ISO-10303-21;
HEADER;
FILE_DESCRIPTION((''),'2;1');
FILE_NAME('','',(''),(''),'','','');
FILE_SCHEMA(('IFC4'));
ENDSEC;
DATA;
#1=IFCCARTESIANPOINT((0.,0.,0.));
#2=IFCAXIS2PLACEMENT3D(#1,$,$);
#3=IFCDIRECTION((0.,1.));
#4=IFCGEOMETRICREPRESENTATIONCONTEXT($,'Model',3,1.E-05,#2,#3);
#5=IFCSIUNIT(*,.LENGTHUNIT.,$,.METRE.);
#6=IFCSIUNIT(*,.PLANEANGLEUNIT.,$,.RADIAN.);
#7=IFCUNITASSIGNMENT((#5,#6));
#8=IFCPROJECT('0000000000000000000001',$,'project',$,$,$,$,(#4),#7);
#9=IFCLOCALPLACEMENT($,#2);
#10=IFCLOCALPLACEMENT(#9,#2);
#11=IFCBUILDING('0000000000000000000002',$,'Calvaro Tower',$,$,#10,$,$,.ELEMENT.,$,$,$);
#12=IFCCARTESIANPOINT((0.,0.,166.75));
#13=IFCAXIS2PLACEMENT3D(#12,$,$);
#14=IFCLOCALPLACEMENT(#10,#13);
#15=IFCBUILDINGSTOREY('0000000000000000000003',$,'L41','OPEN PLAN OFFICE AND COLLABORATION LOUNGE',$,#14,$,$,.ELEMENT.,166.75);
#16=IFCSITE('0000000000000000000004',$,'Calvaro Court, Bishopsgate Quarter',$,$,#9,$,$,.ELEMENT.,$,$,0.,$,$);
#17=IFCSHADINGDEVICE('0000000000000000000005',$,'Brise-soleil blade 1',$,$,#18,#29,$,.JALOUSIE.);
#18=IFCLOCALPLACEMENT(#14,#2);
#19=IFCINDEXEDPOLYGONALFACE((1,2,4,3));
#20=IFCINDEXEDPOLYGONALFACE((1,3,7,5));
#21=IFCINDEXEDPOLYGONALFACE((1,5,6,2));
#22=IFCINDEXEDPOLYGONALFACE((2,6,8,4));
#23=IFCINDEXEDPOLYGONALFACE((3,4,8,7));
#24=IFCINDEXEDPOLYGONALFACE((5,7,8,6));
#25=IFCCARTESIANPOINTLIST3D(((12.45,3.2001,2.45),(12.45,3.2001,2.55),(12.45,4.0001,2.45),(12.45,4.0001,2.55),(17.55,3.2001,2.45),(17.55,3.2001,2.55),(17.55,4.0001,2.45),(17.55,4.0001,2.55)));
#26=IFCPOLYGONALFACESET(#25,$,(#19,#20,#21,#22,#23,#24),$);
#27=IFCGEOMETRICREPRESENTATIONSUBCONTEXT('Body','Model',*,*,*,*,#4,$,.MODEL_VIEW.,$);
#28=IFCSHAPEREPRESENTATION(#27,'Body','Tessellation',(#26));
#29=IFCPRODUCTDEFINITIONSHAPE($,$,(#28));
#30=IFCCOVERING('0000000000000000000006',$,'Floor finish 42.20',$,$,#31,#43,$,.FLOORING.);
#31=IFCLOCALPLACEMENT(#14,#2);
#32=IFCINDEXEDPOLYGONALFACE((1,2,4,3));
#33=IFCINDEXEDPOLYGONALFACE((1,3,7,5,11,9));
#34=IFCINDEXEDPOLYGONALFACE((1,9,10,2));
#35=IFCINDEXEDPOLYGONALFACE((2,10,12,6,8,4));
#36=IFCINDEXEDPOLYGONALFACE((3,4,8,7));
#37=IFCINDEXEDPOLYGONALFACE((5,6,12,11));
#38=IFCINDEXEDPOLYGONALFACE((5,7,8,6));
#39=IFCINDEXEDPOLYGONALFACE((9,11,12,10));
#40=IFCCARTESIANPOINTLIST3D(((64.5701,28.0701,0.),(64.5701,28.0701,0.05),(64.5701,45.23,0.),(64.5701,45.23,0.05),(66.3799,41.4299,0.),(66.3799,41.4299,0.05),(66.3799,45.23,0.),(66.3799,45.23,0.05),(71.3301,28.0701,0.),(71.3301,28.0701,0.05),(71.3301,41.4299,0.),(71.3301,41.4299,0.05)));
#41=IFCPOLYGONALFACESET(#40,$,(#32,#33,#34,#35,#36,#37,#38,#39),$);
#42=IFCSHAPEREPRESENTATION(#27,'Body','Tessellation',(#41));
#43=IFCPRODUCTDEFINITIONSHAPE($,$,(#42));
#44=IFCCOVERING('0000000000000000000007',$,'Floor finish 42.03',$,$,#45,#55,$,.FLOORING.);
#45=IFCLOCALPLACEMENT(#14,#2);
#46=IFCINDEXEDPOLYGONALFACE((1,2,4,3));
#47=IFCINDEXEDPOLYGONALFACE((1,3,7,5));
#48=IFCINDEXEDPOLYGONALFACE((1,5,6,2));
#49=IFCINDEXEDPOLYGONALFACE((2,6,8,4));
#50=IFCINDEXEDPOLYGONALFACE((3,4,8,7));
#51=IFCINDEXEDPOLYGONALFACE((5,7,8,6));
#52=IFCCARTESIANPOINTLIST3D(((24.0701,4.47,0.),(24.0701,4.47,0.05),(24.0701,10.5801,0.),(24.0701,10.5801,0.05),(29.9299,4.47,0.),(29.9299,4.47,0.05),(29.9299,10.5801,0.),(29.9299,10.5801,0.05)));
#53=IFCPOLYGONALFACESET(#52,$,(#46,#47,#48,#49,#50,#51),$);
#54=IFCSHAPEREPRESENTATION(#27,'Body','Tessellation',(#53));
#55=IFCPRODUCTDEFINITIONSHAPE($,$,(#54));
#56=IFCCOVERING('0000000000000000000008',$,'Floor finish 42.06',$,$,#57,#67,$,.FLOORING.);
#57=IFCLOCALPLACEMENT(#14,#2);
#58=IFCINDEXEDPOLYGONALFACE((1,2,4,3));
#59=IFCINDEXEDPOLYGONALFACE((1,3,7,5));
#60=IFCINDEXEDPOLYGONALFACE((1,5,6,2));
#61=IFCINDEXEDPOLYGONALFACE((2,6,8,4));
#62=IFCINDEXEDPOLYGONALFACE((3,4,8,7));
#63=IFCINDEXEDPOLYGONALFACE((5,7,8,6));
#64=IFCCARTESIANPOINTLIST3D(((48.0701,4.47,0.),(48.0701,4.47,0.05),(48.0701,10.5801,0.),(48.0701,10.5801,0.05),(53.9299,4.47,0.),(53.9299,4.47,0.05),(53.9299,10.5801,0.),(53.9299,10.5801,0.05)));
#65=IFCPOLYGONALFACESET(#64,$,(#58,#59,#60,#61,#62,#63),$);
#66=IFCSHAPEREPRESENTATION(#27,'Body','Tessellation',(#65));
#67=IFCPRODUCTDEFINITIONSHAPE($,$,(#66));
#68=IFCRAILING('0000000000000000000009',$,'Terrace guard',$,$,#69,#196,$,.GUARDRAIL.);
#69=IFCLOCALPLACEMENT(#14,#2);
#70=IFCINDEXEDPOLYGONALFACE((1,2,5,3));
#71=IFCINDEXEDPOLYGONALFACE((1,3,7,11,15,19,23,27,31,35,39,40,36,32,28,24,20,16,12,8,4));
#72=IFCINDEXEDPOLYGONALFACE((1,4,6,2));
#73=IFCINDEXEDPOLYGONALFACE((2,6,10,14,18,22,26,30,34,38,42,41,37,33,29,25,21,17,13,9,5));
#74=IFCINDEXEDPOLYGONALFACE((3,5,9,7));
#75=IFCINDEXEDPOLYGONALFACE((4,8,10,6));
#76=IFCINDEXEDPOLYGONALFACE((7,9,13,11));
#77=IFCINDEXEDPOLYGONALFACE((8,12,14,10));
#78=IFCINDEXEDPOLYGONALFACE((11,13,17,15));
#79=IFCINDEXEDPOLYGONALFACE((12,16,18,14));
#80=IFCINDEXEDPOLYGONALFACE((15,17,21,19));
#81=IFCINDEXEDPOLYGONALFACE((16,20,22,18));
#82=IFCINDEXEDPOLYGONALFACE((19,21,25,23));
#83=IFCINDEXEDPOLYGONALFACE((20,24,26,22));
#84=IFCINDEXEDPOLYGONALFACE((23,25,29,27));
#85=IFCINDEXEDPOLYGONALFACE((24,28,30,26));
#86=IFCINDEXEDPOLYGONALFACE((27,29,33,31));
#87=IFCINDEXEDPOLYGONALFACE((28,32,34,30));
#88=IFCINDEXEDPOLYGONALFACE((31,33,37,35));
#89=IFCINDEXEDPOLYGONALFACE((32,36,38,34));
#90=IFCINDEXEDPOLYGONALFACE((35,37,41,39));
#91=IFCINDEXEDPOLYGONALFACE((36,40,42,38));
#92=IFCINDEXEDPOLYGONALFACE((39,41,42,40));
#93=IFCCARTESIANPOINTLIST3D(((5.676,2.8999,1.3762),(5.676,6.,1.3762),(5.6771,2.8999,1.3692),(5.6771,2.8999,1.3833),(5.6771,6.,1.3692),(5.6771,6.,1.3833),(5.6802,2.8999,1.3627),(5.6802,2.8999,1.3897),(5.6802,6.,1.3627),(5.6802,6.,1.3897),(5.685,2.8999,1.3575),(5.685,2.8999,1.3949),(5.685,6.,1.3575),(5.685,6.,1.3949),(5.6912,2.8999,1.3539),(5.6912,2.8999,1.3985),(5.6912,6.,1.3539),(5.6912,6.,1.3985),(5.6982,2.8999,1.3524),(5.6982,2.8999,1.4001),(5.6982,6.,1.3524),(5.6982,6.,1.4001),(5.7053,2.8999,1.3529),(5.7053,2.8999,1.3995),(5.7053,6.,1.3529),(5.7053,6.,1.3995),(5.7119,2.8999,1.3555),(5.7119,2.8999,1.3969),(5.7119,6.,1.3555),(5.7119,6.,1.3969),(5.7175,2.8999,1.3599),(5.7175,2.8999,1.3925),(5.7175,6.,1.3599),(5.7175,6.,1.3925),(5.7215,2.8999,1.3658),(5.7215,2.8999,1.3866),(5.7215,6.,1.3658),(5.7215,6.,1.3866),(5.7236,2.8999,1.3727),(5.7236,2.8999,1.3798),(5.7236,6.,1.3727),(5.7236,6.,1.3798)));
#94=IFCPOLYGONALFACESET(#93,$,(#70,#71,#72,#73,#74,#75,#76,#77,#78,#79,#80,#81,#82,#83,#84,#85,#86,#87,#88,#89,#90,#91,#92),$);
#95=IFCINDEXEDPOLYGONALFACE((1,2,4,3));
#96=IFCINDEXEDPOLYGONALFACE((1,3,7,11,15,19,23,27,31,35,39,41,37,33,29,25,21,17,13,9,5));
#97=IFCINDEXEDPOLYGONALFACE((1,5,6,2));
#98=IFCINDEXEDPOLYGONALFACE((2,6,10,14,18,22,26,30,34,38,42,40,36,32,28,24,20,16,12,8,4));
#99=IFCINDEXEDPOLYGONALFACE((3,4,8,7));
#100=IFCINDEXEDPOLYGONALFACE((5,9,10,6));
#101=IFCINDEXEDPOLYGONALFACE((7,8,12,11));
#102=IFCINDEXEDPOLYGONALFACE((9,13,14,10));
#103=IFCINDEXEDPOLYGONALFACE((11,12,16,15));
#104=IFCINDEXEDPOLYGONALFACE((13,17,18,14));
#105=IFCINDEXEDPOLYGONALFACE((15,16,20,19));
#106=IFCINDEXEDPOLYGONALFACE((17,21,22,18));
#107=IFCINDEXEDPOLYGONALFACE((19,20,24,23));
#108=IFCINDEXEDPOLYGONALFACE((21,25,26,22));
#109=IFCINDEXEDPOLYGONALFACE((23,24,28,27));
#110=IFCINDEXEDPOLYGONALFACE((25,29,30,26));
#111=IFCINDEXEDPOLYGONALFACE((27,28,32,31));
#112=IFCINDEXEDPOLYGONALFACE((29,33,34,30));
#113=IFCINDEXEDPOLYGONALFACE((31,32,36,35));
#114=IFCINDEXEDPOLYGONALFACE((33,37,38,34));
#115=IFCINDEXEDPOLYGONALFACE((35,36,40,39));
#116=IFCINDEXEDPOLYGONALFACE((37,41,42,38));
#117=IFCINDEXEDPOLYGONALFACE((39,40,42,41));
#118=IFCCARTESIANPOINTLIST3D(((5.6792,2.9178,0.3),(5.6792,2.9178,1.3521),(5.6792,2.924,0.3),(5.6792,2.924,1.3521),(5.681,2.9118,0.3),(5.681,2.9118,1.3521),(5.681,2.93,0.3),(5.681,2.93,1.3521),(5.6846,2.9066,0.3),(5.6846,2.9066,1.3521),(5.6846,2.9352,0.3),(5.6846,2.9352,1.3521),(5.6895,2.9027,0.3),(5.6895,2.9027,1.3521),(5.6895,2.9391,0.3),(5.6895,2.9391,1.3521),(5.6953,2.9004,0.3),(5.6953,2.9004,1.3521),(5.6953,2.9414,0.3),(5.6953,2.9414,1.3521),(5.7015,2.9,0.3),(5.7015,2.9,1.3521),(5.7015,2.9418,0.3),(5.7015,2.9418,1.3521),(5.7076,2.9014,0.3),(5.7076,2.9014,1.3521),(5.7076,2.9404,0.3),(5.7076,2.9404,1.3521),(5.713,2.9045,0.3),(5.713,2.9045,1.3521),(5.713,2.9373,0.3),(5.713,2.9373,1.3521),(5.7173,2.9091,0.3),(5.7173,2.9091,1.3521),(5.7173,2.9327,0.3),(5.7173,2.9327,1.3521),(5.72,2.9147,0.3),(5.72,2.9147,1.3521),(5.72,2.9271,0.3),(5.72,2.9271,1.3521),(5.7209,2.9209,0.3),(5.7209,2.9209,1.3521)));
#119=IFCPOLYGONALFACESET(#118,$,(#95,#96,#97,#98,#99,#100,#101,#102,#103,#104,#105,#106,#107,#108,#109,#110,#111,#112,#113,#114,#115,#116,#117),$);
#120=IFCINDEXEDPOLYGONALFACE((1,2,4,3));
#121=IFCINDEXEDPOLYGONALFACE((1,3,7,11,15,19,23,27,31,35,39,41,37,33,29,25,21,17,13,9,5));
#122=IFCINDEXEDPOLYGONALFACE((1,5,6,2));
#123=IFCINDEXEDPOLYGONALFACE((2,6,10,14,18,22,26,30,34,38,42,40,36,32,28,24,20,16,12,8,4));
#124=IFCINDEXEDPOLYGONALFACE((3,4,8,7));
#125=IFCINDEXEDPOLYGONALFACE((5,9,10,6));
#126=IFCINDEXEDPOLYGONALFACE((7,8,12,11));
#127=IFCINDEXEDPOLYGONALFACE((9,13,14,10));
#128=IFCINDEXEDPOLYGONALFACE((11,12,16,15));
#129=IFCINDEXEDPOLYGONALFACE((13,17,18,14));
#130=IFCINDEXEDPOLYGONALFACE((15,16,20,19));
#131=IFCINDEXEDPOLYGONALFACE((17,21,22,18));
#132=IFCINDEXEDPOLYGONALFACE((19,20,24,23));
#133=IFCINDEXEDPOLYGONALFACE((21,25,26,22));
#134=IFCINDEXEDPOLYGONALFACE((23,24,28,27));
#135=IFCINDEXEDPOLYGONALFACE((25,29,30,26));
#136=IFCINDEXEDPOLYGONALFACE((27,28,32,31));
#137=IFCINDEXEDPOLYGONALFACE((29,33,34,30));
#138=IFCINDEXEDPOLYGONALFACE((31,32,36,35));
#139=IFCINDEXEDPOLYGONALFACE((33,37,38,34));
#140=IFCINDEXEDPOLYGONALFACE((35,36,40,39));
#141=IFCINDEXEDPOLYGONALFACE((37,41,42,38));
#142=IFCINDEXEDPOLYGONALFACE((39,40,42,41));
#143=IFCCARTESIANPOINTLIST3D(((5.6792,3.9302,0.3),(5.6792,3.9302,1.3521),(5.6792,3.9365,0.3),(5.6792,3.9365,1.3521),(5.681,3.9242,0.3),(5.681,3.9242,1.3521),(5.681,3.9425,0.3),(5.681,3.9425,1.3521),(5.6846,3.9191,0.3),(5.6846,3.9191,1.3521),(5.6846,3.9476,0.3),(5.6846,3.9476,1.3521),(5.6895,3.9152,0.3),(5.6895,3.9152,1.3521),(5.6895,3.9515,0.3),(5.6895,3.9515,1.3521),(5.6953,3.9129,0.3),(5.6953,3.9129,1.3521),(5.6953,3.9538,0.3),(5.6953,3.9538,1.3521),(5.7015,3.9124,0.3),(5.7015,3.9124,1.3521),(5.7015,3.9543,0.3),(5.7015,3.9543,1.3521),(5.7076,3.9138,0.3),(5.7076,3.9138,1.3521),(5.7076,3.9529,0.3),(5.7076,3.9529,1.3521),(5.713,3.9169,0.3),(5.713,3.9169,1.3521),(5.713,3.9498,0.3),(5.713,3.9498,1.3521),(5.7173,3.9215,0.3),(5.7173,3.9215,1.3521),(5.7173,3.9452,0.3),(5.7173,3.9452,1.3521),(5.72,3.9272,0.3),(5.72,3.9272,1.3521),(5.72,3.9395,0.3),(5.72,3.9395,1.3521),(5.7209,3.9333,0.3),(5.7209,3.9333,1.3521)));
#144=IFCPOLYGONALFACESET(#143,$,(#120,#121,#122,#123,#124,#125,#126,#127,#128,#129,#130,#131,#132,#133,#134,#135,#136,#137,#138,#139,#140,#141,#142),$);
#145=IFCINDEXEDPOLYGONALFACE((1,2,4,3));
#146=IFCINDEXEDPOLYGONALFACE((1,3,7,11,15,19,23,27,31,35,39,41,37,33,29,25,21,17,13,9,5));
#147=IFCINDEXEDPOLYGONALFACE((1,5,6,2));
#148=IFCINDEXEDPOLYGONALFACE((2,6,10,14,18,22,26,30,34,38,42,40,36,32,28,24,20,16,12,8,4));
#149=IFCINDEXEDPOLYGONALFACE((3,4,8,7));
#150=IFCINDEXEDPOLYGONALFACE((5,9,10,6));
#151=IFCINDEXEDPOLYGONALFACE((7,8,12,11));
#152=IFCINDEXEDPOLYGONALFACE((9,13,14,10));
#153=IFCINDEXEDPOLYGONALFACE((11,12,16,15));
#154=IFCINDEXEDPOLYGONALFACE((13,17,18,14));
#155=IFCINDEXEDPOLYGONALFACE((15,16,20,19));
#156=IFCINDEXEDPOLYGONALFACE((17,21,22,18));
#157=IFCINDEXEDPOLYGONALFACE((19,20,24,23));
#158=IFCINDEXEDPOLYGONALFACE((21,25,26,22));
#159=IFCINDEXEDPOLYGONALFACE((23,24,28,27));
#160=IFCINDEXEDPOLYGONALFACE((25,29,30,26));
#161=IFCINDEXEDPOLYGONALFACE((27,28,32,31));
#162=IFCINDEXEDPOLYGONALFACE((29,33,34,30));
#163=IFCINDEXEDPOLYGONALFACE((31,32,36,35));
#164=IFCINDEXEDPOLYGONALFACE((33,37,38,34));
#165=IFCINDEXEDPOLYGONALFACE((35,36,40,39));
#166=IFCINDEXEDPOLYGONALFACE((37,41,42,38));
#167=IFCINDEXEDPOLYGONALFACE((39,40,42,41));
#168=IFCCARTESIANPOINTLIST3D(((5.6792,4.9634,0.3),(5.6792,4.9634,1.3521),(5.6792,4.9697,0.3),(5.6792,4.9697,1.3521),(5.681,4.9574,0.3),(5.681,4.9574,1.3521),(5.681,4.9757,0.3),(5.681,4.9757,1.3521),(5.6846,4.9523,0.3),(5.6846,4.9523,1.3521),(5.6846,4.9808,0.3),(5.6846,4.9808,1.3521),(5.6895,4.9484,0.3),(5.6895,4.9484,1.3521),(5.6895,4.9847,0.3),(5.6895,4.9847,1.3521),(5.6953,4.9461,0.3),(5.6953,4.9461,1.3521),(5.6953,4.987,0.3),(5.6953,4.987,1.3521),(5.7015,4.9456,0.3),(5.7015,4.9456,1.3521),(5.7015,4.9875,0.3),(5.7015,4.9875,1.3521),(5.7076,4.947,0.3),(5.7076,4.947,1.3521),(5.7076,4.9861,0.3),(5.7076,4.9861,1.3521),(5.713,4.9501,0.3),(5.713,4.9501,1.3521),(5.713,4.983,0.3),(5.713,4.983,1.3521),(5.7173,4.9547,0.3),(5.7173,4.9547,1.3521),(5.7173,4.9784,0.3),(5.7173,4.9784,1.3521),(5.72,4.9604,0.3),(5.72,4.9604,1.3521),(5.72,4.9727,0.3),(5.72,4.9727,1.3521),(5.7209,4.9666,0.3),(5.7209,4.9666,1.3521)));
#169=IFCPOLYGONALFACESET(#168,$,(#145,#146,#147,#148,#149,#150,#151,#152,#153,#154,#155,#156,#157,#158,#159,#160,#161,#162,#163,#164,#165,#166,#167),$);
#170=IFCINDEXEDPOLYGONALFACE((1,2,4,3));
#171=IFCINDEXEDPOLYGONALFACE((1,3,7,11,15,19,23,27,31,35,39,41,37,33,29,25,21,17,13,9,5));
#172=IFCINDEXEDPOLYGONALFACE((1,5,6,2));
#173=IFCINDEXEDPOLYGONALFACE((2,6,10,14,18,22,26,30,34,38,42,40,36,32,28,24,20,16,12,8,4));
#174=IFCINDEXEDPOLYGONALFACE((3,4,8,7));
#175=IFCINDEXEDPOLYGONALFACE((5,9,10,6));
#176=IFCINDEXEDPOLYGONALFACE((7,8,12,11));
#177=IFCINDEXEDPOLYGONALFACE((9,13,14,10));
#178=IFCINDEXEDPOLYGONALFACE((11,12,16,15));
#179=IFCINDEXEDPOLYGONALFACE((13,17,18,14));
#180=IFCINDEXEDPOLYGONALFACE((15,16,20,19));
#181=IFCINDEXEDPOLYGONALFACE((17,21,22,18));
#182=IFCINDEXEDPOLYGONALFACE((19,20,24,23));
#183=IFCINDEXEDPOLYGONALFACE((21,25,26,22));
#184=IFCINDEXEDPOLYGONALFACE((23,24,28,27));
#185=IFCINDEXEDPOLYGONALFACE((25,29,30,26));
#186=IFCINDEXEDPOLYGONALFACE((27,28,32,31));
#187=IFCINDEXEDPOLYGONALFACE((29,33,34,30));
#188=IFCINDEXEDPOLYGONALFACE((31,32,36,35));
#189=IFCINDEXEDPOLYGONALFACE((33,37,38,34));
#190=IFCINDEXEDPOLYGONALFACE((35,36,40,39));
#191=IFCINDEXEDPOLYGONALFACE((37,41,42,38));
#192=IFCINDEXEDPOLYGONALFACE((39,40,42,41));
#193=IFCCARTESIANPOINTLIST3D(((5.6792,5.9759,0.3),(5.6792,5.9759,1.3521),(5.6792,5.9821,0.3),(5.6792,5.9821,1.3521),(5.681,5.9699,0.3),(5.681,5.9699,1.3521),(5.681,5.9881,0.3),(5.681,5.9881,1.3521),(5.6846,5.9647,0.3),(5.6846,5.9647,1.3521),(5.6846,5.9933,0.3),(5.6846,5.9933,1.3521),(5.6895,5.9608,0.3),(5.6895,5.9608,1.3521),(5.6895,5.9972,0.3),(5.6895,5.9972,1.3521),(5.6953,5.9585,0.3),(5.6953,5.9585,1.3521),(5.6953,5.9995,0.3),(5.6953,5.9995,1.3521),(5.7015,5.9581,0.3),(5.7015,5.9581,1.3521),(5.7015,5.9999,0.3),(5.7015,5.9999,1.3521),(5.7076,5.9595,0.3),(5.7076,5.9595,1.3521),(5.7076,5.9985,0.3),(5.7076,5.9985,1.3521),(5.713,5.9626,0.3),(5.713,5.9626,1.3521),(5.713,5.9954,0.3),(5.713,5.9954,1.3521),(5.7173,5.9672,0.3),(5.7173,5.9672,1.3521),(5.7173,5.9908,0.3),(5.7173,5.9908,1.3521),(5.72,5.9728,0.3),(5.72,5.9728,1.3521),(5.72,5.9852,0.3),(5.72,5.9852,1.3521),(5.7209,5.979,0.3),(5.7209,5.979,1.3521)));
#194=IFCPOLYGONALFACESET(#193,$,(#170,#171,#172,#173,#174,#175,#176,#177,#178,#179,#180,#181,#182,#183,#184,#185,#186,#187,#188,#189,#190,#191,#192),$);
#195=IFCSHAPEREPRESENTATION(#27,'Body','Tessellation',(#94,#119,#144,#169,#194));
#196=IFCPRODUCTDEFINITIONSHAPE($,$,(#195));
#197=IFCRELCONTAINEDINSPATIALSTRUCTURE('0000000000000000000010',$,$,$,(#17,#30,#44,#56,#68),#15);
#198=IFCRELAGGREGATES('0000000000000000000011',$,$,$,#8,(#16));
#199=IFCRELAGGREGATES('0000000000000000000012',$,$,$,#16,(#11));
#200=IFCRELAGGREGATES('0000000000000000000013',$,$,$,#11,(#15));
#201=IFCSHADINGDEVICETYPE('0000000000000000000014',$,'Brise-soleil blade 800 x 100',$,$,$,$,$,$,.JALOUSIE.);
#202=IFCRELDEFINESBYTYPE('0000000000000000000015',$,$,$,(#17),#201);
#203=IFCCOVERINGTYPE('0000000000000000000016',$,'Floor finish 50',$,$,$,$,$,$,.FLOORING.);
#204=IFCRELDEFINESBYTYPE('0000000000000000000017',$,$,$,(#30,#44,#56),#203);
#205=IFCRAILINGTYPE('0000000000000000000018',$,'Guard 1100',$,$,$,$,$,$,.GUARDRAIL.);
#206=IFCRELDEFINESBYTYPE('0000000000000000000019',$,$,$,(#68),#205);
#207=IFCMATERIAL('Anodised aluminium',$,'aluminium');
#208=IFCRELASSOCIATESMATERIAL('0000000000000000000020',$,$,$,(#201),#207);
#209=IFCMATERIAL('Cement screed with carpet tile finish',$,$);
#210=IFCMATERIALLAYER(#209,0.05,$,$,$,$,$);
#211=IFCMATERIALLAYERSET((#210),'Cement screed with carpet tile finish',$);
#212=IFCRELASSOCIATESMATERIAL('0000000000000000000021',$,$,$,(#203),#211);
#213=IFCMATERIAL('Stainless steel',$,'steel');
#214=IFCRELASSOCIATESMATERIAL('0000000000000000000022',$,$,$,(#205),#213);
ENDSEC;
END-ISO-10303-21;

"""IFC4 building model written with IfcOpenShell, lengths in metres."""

from ifc_helpers import new_model, si_unit, direction, frame, origin, origin_2d, place, context, subcontext, project, spatial, polyline, rectangle, circle, outline, extrude, material, layer, layer_set, material_profile, profile_set, type_object, element, save


model = new_model("IFC4")

# Units and contexts
model_context = context("Model", 3, precision=1e-05, world=origin(), true_north=direction((0.0, 1.0)))
body_context = subcontext(model_context, "Body", "Model", "MODEL_VIEW")
ifc_project = project(units=[si_unit("LENGTHUNIT", "METRE"), si_unit("PLANEANGLEUNIT", "RADIAN")], contexts=[model_context])

# Site, building, storey
site_placement = place(None, origin())
site = spatial("IfcSite", under=ifc_project, at=site_placement, Name="Calvaro Court, Bishopsgate Quarter", CompositionType="ELEMENT", RefElevation=0.0)
building_placement = place(site_placement, origin())
building = spatial("IfcBuilding", under=site, at=building_placement, Name="Calvaro Tower", CompositionType="ELEMENT")
storey_placement = place(building_placement, frame((0.0, 0.0, 166.75)))
storey = spatial("IfcBuildingStorey", under=building, at=storey_placement, Name="L41", Description="OPEN PLAN OFFICE AND COLLABORATION LOUNGE", CompositionType="ELEMENT", Elevation=166.75)

# Shading device
ifc_material_1 = material(Name="Anodised aluminium", Category="aluminium")
ifc_material_profile_1 = material_profile(ifc_material_1, rectangle(XDim=0.8, YDim=0.1001, at=origin_2d()), Name="Brise-soleil blade 800 x 100")
ifc_profile_set_1 = profile_set([ifc_material_profile_1], Name="Anodised aluminium")
shading_device_type = type_object("IfcShadingDeviceType", Name="Brise-soleil blade 800 x 100", PredefinedType="JALOUSIE", material=ifc_profile_set_1)
shading_device_placement = place(storey_placement, frame((12.45, 3.6001, 2.5), z_axis=(1.0, 0.0, 0.0), x_axis=(0.0, 1.0, 0.0)))
element("IfcShadingDevice", 1, at=shading_device_placement, inside=storey, type_object=shading_device_type, Name="Brise-soleil blade 1", PredefinedType="JALOUSIE", context=body_context, shape_type="SweptSolid", body=[
    extrude(rectangle(XDim=0.8, YDim=0.1001, at=origin_2d()), origin(), (0.0, 0.0, 1.0), 5.1001),
])

# Coverings
ifc_material_2 = material(Name="Cement screed with carpet tile finish")
ifc_layer_1 = layer(ifc_material_2, 0.05)
ifc_layer_set_1 = layer_set([ifc_layer_1], Name="Cement screed with carpet tile finish")
covering_type = type_object("IfcCoveringType", Name="Floor finish 50", PredefinedType="FLOORING", material=ifc_layer_set_1)
covering_1_placement = place(storey_placement, origin())
element("IfcCovering", 2, at=covering_1_placement, inside=storey, type_object=covering_type, Name="Floor finish 42.20", PredefinedType="FLOORING", context=body_context, shape_type="SweptSolid", body=[
    extrude(outline(polyline([(66.3799, 45.23), (66.3799, 41.4299), (71.3301, 41.4299), (71.3301, 28.0701), (64.5701, 28.0701), (64.5701, 45.23), (66.3799, 45.23)])), origin(), (0.0, 0.0, 1.0), 0.05),
])
covering_2_placement = place(storey_placement, origin())
element("IfcCovering", 3, at=covering_2_placement, inside=storey, type_object=covering_type, Name="Floor finish 42.03", PredefinedType="FLOORING", context=body_context, shape_type="SweptSolid", body=[
    extrude(outline(polyline([(29.9299, 10.5801), (29.9299, 4.47), (24.0701, 4.47), (24.0701, 10.5801), (29.9299, 10.5801)])), origin(), (0.0, 0.0, 1.0), 0.05),
])
covering_3_placement = place(storey_placement, origin())
element("IfcCovering", 4, at=covering_3_placement, inside=storey, type_object=covering_type, Name="Floor finish 42.06", PredefinedType="FLOORING", context=body_context, shape_type="SweptSolid", body=[
    extrude(outline(polyline([(53.9299, 10.5801), (53.9299, 4.47), (48.0701, 4.47), (48.0701, 10.5801), (53.9299, 10.5801)])), origin(), (0.0, 0.0, 1.0), 0.05),
])

# Railing
ifc_material_3 = material(Name="Stainless steel", Category="steel")
railing_type = type_object("IfcRailingType", Name="Guard 1100", PredefinedType="GUARDRAIL", material=ifc_material_3)
railing_1_placement = place(storey_placement, frame((5.7, 2.8999, 0.3)))
element("IfcRailing", 5, at=railing_1_placement, inside=storey, type_object=railing_type, Name="Terrace guard", PredefinedType="GUARDRAIL", context=body_context, shape_type="SweptSolid", body=[
    extrude(circle(Radius=0.0239, at=origin_2d()), frame((0.0, 0.0, 1.0762), z_axis=(0.0, 1.0, 0.0), x_axis=(-1.0, 0.0, 0.0)), (0.0, 0.0, 1.0), 3.1001),
    extrude(circle(Radius=0.021, at=origin_2d()), frame((0.0, 0.021, 0.0)), (0.0, 0.0, 1.0), 1.052),
    extrude(circle(Radius=0.021, at=origin_2d()), frame((0.0, 1.0334, 0.0)), (0.0, 0.0, 1.0), 1.052),
    extrude(circle(Radius=0.021, at=origin_2d()), frame((0.0, 2.0667, 0.0)), (0.0, 0.0, 1.0), 1.052),
    extrude(circle(Radius=0.021, at=origin_2d()), frame((0.0, 3.0791, 0.0)), (0.0, 0.0, 1.0), 1.052),
])

save(model, "model.ifc")
